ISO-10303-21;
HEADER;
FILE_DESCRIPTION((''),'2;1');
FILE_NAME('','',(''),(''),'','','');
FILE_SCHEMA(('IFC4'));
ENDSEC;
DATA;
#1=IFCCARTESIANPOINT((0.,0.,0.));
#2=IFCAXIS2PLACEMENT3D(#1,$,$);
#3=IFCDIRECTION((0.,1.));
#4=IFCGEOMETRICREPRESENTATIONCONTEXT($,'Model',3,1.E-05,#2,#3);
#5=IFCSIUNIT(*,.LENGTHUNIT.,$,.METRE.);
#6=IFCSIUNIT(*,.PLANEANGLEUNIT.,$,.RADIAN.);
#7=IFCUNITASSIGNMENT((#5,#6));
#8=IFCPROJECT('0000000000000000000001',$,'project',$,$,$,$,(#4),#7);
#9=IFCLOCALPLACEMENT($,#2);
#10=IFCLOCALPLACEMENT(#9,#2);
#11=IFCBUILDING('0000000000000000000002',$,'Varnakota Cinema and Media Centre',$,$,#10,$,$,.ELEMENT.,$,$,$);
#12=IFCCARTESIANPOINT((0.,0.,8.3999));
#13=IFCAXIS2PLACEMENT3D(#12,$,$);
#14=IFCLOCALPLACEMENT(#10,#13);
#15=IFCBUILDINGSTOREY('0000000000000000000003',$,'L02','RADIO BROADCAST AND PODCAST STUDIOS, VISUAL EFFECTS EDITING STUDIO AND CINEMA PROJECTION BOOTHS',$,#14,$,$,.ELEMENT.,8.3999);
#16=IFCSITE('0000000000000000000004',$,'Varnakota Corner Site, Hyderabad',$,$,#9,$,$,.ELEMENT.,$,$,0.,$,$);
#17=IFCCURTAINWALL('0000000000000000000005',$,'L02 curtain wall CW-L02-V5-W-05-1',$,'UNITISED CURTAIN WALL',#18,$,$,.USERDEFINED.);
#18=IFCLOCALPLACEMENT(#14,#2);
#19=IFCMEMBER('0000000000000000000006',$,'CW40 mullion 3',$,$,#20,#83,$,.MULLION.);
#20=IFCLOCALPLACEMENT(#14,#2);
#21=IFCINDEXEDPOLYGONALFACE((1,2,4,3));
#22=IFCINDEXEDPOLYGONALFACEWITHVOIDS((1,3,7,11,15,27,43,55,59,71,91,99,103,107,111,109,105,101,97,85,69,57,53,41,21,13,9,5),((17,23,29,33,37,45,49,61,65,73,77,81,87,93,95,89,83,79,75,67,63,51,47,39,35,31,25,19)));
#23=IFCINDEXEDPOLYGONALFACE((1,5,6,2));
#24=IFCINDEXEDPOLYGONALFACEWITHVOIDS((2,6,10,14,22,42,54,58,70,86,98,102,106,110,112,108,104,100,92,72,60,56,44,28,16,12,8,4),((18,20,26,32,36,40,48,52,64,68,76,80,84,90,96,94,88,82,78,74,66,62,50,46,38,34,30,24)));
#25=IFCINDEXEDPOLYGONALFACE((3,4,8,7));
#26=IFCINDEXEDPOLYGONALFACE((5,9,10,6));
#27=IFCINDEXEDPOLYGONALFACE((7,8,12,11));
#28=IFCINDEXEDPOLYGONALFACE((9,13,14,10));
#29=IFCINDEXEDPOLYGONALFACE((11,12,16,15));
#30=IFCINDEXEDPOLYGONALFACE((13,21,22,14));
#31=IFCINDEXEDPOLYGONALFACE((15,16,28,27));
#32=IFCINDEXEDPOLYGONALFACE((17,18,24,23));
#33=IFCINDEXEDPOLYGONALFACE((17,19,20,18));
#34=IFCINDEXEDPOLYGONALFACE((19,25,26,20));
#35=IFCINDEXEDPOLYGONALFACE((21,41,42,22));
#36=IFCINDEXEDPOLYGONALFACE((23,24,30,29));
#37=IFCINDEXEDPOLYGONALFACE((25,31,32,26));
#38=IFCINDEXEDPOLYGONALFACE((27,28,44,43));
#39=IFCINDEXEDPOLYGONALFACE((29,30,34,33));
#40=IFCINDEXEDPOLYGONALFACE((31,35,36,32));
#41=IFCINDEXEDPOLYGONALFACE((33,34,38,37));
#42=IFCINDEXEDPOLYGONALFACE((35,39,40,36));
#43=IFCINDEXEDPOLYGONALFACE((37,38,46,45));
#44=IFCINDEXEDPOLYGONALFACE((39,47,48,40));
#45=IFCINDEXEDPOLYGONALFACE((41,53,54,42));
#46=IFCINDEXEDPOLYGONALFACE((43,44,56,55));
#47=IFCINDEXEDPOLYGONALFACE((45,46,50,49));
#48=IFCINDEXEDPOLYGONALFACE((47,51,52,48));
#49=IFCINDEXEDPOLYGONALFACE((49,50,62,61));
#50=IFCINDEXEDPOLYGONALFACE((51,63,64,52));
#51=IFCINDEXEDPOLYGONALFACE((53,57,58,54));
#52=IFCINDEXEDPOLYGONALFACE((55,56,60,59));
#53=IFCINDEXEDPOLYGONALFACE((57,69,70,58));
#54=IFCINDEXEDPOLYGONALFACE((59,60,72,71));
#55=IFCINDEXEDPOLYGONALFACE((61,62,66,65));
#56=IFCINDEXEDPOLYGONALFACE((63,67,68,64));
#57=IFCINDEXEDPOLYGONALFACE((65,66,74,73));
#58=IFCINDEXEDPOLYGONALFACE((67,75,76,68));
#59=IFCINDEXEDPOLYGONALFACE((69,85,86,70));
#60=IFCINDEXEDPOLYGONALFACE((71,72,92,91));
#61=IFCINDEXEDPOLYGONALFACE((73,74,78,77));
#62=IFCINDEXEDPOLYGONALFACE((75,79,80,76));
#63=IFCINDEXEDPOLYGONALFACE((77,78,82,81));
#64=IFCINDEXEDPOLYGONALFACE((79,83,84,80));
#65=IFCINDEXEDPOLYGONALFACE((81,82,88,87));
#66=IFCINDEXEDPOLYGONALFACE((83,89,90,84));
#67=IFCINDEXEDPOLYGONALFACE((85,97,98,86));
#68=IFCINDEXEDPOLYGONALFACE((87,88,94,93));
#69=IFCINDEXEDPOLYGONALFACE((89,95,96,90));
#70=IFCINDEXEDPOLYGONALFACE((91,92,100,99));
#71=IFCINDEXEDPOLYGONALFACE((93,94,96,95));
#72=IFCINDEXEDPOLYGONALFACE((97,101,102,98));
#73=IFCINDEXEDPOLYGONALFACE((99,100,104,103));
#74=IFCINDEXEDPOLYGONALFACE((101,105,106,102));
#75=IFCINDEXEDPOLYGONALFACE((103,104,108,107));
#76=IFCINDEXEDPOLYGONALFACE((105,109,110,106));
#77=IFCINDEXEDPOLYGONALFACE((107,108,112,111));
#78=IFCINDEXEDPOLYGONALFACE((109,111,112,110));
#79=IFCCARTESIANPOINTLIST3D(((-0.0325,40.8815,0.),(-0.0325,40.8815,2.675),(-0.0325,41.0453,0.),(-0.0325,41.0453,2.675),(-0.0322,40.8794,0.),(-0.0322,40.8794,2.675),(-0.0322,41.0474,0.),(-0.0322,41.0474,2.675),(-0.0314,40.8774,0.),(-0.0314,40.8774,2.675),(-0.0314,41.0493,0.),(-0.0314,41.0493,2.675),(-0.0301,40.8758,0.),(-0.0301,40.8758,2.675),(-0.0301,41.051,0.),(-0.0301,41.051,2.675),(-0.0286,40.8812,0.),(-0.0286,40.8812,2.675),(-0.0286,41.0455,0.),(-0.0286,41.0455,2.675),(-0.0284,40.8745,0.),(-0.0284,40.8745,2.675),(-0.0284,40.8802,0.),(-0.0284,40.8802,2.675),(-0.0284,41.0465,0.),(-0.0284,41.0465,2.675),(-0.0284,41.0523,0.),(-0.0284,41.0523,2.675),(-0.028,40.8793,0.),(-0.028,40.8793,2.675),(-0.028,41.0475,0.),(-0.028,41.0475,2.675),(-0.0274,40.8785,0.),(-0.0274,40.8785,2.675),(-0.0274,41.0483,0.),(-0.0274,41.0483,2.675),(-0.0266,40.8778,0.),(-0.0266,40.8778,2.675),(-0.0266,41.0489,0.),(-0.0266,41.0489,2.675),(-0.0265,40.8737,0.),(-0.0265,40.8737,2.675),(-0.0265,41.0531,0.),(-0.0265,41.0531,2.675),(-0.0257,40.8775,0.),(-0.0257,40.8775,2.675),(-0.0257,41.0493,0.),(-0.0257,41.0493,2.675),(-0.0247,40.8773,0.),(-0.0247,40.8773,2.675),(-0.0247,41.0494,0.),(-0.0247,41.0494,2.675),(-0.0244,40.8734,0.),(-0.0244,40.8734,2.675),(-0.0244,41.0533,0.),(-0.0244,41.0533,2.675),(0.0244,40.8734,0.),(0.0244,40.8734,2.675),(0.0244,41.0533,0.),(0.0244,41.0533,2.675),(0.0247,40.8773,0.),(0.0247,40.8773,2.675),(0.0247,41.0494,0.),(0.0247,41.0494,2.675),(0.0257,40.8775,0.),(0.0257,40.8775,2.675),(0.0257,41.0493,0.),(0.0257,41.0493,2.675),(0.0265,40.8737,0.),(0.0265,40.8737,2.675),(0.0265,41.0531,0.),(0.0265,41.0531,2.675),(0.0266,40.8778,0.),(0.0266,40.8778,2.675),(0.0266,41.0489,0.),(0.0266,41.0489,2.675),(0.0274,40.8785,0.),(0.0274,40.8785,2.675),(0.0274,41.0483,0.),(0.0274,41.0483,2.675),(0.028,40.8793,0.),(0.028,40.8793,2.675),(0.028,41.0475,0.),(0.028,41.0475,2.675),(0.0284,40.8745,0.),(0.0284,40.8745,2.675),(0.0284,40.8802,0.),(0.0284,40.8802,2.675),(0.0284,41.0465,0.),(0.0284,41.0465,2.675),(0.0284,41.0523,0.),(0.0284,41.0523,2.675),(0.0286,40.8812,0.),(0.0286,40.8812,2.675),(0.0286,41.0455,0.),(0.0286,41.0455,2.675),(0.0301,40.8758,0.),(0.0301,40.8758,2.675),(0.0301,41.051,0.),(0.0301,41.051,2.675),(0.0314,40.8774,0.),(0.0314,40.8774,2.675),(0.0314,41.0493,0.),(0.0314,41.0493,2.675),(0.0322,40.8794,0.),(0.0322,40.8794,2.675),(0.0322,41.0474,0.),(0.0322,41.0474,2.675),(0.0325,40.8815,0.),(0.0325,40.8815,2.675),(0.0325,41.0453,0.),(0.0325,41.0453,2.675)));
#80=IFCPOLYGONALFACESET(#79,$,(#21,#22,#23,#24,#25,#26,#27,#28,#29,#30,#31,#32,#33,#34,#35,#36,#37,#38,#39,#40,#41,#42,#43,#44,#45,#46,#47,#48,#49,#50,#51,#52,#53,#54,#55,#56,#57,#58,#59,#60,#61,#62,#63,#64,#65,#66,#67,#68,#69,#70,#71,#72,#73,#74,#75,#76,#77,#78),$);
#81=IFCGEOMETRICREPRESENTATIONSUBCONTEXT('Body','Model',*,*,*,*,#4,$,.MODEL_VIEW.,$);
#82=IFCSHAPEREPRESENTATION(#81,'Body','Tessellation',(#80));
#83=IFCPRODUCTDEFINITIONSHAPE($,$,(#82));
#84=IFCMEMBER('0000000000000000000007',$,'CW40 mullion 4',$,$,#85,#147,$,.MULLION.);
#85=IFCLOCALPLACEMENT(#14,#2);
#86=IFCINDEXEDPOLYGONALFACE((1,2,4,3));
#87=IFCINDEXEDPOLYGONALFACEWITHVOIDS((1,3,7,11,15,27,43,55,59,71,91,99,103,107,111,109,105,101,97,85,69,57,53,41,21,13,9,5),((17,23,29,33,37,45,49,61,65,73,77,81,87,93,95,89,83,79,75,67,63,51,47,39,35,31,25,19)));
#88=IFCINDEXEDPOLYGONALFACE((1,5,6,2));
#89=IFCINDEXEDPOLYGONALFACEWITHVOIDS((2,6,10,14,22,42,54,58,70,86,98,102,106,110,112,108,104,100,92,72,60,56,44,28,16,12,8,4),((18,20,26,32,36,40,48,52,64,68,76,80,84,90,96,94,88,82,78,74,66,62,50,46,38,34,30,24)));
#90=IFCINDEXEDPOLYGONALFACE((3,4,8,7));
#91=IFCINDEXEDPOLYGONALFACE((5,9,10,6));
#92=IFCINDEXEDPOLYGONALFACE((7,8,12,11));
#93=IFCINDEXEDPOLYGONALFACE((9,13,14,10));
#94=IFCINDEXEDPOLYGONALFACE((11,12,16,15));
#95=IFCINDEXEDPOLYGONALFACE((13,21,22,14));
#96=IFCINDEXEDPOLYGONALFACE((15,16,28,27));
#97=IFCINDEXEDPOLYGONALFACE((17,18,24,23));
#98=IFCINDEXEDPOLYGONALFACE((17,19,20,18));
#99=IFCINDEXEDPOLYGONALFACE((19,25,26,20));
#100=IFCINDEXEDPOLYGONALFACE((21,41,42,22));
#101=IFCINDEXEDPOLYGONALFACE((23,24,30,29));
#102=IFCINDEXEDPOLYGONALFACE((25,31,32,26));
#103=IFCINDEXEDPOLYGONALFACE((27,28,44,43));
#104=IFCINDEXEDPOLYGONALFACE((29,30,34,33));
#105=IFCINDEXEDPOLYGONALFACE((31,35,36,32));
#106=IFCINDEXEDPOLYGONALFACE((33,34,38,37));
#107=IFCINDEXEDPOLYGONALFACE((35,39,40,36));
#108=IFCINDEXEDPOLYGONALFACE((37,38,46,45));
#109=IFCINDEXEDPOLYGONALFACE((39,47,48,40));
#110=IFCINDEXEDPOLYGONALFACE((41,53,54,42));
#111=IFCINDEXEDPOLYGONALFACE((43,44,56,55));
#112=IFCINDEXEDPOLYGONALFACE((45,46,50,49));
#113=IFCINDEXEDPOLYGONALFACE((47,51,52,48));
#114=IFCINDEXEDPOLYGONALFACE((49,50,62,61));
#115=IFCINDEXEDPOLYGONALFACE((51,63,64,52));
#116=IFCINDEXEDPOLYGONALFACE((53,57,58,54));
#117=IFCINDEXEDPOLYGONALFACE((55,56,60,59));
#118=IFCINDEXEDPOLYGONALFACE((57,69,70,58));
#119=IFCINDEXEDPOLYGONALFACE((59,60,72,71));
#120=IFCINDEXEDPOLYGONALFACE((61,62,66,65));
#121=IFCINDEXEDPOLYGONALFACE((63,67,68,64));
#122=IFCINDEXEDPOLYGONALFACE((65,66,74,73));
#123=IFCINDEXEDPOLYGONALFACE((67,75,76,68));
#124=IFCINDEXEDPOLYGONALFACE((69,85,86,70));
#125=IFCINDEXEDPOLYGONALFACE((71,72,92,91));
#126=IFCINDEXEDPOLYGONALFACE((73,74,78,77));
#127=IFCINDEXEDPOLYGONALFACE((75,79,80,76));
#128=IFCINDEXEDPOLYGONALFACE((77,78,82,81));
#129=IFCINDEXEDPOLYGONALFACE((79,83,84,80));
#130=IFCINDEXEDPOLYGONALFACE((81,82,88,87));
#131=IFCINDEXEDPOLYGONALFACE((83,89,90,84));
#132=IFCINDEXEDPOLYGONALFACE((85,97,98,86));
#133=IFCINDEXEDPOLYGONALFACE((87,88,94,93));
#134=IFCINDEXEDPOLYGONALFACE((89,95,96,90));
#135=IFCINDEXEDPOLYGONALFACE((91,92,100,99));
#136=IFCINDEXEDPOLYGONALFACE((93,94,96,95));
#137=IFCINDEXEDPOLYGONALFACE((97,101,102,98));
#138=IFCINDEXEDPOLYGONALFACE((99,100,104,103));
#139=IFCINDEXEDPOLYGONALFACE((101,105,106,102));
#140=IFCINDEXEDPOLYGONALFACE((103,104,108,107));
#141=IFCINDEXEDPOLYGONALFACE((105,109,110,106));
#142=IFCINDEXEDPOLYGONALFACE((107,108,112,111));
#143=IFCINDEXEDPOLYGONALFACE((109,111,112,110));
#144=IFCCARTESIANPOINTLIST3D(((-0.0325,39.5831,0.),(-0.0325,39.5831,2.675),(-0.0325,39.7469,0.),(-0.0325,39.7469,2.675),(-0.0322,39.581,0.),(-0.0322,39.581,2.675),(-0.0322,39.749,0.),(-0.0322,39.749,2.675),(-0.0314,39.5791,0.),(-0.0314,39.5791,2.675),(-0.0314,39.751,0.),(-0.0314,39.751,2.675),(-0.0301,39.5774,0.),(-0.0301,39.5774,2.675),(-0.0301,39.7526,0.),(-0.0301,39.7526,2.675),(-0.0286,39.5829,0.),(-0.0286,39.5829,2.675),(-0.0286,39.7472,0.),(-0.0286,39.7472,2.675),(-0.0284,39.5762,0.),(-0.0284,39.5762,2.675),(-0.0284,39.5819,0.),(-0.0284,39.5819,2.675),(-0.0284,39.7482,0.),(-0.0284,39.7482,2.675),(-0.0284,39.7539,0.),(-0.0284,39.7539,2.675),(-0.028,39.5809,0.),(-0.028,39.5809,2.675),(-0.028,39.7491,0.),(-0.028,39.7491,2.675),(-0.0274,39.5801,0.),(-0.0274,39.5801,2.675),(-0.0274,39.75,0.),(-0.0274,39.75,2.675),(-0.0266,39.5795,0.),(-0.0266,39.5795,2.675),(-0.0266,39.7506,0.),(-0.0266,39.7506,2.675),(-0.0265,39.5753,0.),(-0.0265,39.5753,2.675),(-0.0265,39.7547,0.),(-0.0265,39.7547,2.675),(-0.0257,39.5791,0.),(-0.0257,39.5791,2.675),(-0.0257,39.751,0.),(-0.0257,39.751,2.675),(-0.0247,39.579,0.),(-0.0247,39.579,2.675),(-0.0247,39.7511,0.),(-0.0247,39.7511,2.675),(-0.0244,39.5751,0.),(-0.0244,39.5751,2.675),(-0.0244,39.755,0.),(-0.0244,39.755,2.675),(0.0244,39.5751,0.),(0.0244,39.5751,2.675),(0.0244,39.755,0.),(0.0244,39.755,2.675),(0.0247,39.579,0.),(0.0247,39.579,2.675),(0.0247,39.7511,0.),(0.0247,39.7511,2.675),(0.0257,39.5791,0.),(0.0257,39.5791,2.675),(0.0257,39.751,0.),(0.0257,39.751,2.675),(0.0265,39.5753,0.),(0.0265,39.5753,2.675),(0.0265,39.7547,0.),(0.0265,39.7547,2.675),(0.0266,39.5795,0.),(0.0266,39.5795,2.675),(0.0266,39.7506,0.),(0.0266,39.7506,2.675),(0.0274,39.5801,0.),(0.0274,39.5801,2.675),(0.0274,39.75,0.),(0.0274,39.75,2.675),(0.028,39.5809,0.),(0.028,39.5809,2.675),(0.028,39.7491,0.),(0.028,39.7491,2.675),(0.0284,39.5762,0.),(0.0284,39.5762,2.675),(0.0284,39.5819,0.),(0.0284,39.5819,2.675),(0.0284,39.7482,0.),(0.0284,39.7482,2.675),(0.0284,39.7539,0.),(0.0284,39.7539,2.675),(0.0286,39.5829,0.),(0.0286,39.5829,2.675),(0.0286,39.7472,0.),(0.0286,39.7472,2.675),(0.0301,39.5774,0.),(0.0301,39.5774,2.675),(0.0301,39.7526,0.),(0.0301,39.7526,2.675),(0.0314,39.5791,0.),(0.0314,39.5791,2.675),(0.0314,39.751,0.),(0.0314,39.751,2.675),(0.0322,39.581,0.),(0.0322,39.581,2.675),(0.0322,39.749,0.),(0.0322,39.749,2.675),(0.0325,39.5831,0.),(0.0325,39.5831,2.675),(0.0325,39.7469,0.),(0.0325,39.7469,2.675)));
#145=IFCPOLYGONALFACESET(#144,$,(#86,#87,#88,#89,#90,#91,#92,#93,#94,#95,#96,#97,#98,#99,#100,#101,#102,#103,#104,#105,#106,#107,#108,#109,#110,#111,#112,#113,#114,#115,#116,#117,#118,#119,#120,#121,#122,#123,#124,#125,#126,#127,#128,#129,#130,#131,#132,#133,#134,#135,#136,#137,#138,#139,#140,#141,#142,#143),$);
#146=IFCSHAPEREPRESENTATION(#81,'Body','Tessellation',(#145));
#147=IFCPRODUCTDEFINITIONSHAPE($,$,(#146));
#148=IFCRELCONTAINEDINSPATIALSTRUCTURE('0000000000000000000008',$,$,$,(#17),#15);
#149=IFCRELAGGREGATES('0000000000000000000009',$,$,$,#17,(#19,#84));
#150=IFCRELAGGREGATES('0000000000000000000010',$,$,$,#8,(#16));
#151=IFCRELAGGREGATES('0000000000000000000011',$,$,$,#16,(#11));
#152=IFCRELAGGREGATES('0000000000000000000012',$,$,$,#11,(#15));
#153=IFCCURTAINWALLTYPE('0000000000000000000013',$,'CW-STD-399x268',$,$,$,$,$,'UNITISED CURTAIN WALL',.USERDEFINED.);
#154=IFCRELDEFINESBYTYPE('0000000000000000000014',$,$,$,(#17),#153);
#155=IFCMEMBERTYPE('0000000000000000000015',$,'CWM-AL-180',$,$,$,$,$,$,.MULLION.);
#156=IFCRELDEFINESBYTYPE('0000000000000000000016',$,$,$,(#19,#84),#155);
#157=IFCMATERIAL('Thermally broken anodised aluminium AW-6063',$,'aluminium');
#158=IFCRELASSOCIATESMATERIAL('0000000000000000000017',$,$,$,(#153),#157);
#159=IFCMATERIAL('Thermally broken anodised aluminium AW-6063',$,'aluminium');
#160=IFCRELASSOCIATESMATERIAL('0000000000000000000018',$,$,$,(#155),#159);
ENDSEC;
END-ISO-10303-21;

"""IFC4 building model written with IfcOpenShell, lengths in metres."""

from ifc_helpers import new_model, si_unit, direction, frame, origin, origin_2d, place, context, subcontext, project, spatial, hollow_rectangle, extrude, material, material_profile, profile_set, type_object, element, aggregate, save


model = new_model("IFC4")

# Units and contexts
model_context = context("Model", 3, precision=1e-05, world=origin(), true_north=direction((0.0, 1.0)))
body_context = subcontext(model_context, "Body", "Model", "MODEL_VIEW")
ifc_project = project(units=[si_unit("LENGTHUNIT", "METRE"), si_unit("PLANEANGLEUNIT", "RADIAN")], contexts=[model_context])

# Site, building, storey
site_placement = place(None, origin())
site = spatial("IfcSite", under=ifc_project, at=site_placement, Name="Varnakota Corner Site, Hyderabad", CompositionType="ELEMENT", RefElevation=0.0)
building_placement = place(site_placement, origin())
building = spatial("IfcBuilding", under=site, at=building_placement, Name="Varnakota Cinema and Media Centre", CompositionType="ELEMENT")
storey_placement = place(building_placement, frame((0.0, 0.0, 8.3999)))
storey = spatial("IfcBuildingStorey", under=building, at=storey_placement, Name="L02", Description="RADIO BROADCAST AND PODCAST STUDIOS, VISUAL EFFECTS EDITING STUDIO AND CINEMA PROJECTION BOOTHS", CompositionType="ELEMENT", Elevation=8.3999)

# Curtain wall, members
ifc_material_1 = material(Name="Thermally broken anodised aluminium AW-6063", Category="aluminium")
curtain_wall_type = type_object("IfcCurtainWallType", Name="CW-STD-399x268", ElementType="UNITISED CURTAIN WALL", PredefinedType="USERDEFINED", material=ifc_material_1)
curtain_wall_1_placement = place(storey_placement, origin())
curtain_wall_1 = element("IfcCurtainWall", 1, at=curtain_wall_1_placement, inside=storey, type_object=curtain_wall_type, Name="L02 curtain wall CW-L02-V5-W-05-1", ObjectType="UNITISED CURTAIN WALL", PredefinedType="USERDEFINED")
ifc_material_2 = material(Name="Thermally broken anodised aluminium AW-6063", Category="aluminium")
ifc_material_profile_1 = material_profile(ifc_material_2, hollow_rectangle(XDim=0.0649, YDim=0.1799, WallThickness=0.0039, InnerFilletRadius=0.0039, OuterFilletRadius=0.0081, at=origin_2d()), Name="AL-MULLION 180x65x4")
ifc_profile_set_1 = profile_set([ifc_material_profile_1], Name="Thermally broken anodised aluminium AW-6063")
member_type_1 = type_object("IfcMemberType", Name="CWM-AL-180", PredefinedType="MULLION", material=ifc_profile_set_1)
member_1_placement = place(storey_placement, frame((0.0, 40.9634, 0.0), z_axis=(0.0, 0.0, 1.0), x_axis=(1.0, 0.0, 0.0)))
member_1 = element("IfcMember", 2, at=member_1_placement, type_object=member_type_1, Name="CW40 mullion 3", PredefinedType="MULLION", context=body_context, shape_type="SweptSolid", body=[
    extrude(hollow_rectangle(XDim=0.0649, YDim=0.1799, WallThickness=0.0039, InnerFilletRadius=0.0039, OuterFilletRadius=0.0081, at=origin_2d()), origin(), (0.0, 0.0, 1.0), 2.675),
])
member_2_placement = place(storey_placement, frame((0.0, 39.665, 0.0), z_axis=(0.0, 0.0, 1.0), x_axis=(1.0, 0.0, 0.0)))
member_2 = element("IfcMember", 3, at=member_2_placement, type_object=member_type_1, Name="CW40 mullion 4", PredefinedType="MULLION", context=body_context, shape_type="SweptSolid", body=[
    extrude(hollow_rectangle(XDim=0.0649, YDim=0.1799, WallThickness=0.0039, InnerFilletRadius=0.0039, OuterFilletRadius=0.0081, at=origin_2d()), origin(), (0.0, 0.0, 1.0), 2.675),
])

aggregate(curtain_wall_1, [member_1, member_2])

save(model, "model.ifc")
